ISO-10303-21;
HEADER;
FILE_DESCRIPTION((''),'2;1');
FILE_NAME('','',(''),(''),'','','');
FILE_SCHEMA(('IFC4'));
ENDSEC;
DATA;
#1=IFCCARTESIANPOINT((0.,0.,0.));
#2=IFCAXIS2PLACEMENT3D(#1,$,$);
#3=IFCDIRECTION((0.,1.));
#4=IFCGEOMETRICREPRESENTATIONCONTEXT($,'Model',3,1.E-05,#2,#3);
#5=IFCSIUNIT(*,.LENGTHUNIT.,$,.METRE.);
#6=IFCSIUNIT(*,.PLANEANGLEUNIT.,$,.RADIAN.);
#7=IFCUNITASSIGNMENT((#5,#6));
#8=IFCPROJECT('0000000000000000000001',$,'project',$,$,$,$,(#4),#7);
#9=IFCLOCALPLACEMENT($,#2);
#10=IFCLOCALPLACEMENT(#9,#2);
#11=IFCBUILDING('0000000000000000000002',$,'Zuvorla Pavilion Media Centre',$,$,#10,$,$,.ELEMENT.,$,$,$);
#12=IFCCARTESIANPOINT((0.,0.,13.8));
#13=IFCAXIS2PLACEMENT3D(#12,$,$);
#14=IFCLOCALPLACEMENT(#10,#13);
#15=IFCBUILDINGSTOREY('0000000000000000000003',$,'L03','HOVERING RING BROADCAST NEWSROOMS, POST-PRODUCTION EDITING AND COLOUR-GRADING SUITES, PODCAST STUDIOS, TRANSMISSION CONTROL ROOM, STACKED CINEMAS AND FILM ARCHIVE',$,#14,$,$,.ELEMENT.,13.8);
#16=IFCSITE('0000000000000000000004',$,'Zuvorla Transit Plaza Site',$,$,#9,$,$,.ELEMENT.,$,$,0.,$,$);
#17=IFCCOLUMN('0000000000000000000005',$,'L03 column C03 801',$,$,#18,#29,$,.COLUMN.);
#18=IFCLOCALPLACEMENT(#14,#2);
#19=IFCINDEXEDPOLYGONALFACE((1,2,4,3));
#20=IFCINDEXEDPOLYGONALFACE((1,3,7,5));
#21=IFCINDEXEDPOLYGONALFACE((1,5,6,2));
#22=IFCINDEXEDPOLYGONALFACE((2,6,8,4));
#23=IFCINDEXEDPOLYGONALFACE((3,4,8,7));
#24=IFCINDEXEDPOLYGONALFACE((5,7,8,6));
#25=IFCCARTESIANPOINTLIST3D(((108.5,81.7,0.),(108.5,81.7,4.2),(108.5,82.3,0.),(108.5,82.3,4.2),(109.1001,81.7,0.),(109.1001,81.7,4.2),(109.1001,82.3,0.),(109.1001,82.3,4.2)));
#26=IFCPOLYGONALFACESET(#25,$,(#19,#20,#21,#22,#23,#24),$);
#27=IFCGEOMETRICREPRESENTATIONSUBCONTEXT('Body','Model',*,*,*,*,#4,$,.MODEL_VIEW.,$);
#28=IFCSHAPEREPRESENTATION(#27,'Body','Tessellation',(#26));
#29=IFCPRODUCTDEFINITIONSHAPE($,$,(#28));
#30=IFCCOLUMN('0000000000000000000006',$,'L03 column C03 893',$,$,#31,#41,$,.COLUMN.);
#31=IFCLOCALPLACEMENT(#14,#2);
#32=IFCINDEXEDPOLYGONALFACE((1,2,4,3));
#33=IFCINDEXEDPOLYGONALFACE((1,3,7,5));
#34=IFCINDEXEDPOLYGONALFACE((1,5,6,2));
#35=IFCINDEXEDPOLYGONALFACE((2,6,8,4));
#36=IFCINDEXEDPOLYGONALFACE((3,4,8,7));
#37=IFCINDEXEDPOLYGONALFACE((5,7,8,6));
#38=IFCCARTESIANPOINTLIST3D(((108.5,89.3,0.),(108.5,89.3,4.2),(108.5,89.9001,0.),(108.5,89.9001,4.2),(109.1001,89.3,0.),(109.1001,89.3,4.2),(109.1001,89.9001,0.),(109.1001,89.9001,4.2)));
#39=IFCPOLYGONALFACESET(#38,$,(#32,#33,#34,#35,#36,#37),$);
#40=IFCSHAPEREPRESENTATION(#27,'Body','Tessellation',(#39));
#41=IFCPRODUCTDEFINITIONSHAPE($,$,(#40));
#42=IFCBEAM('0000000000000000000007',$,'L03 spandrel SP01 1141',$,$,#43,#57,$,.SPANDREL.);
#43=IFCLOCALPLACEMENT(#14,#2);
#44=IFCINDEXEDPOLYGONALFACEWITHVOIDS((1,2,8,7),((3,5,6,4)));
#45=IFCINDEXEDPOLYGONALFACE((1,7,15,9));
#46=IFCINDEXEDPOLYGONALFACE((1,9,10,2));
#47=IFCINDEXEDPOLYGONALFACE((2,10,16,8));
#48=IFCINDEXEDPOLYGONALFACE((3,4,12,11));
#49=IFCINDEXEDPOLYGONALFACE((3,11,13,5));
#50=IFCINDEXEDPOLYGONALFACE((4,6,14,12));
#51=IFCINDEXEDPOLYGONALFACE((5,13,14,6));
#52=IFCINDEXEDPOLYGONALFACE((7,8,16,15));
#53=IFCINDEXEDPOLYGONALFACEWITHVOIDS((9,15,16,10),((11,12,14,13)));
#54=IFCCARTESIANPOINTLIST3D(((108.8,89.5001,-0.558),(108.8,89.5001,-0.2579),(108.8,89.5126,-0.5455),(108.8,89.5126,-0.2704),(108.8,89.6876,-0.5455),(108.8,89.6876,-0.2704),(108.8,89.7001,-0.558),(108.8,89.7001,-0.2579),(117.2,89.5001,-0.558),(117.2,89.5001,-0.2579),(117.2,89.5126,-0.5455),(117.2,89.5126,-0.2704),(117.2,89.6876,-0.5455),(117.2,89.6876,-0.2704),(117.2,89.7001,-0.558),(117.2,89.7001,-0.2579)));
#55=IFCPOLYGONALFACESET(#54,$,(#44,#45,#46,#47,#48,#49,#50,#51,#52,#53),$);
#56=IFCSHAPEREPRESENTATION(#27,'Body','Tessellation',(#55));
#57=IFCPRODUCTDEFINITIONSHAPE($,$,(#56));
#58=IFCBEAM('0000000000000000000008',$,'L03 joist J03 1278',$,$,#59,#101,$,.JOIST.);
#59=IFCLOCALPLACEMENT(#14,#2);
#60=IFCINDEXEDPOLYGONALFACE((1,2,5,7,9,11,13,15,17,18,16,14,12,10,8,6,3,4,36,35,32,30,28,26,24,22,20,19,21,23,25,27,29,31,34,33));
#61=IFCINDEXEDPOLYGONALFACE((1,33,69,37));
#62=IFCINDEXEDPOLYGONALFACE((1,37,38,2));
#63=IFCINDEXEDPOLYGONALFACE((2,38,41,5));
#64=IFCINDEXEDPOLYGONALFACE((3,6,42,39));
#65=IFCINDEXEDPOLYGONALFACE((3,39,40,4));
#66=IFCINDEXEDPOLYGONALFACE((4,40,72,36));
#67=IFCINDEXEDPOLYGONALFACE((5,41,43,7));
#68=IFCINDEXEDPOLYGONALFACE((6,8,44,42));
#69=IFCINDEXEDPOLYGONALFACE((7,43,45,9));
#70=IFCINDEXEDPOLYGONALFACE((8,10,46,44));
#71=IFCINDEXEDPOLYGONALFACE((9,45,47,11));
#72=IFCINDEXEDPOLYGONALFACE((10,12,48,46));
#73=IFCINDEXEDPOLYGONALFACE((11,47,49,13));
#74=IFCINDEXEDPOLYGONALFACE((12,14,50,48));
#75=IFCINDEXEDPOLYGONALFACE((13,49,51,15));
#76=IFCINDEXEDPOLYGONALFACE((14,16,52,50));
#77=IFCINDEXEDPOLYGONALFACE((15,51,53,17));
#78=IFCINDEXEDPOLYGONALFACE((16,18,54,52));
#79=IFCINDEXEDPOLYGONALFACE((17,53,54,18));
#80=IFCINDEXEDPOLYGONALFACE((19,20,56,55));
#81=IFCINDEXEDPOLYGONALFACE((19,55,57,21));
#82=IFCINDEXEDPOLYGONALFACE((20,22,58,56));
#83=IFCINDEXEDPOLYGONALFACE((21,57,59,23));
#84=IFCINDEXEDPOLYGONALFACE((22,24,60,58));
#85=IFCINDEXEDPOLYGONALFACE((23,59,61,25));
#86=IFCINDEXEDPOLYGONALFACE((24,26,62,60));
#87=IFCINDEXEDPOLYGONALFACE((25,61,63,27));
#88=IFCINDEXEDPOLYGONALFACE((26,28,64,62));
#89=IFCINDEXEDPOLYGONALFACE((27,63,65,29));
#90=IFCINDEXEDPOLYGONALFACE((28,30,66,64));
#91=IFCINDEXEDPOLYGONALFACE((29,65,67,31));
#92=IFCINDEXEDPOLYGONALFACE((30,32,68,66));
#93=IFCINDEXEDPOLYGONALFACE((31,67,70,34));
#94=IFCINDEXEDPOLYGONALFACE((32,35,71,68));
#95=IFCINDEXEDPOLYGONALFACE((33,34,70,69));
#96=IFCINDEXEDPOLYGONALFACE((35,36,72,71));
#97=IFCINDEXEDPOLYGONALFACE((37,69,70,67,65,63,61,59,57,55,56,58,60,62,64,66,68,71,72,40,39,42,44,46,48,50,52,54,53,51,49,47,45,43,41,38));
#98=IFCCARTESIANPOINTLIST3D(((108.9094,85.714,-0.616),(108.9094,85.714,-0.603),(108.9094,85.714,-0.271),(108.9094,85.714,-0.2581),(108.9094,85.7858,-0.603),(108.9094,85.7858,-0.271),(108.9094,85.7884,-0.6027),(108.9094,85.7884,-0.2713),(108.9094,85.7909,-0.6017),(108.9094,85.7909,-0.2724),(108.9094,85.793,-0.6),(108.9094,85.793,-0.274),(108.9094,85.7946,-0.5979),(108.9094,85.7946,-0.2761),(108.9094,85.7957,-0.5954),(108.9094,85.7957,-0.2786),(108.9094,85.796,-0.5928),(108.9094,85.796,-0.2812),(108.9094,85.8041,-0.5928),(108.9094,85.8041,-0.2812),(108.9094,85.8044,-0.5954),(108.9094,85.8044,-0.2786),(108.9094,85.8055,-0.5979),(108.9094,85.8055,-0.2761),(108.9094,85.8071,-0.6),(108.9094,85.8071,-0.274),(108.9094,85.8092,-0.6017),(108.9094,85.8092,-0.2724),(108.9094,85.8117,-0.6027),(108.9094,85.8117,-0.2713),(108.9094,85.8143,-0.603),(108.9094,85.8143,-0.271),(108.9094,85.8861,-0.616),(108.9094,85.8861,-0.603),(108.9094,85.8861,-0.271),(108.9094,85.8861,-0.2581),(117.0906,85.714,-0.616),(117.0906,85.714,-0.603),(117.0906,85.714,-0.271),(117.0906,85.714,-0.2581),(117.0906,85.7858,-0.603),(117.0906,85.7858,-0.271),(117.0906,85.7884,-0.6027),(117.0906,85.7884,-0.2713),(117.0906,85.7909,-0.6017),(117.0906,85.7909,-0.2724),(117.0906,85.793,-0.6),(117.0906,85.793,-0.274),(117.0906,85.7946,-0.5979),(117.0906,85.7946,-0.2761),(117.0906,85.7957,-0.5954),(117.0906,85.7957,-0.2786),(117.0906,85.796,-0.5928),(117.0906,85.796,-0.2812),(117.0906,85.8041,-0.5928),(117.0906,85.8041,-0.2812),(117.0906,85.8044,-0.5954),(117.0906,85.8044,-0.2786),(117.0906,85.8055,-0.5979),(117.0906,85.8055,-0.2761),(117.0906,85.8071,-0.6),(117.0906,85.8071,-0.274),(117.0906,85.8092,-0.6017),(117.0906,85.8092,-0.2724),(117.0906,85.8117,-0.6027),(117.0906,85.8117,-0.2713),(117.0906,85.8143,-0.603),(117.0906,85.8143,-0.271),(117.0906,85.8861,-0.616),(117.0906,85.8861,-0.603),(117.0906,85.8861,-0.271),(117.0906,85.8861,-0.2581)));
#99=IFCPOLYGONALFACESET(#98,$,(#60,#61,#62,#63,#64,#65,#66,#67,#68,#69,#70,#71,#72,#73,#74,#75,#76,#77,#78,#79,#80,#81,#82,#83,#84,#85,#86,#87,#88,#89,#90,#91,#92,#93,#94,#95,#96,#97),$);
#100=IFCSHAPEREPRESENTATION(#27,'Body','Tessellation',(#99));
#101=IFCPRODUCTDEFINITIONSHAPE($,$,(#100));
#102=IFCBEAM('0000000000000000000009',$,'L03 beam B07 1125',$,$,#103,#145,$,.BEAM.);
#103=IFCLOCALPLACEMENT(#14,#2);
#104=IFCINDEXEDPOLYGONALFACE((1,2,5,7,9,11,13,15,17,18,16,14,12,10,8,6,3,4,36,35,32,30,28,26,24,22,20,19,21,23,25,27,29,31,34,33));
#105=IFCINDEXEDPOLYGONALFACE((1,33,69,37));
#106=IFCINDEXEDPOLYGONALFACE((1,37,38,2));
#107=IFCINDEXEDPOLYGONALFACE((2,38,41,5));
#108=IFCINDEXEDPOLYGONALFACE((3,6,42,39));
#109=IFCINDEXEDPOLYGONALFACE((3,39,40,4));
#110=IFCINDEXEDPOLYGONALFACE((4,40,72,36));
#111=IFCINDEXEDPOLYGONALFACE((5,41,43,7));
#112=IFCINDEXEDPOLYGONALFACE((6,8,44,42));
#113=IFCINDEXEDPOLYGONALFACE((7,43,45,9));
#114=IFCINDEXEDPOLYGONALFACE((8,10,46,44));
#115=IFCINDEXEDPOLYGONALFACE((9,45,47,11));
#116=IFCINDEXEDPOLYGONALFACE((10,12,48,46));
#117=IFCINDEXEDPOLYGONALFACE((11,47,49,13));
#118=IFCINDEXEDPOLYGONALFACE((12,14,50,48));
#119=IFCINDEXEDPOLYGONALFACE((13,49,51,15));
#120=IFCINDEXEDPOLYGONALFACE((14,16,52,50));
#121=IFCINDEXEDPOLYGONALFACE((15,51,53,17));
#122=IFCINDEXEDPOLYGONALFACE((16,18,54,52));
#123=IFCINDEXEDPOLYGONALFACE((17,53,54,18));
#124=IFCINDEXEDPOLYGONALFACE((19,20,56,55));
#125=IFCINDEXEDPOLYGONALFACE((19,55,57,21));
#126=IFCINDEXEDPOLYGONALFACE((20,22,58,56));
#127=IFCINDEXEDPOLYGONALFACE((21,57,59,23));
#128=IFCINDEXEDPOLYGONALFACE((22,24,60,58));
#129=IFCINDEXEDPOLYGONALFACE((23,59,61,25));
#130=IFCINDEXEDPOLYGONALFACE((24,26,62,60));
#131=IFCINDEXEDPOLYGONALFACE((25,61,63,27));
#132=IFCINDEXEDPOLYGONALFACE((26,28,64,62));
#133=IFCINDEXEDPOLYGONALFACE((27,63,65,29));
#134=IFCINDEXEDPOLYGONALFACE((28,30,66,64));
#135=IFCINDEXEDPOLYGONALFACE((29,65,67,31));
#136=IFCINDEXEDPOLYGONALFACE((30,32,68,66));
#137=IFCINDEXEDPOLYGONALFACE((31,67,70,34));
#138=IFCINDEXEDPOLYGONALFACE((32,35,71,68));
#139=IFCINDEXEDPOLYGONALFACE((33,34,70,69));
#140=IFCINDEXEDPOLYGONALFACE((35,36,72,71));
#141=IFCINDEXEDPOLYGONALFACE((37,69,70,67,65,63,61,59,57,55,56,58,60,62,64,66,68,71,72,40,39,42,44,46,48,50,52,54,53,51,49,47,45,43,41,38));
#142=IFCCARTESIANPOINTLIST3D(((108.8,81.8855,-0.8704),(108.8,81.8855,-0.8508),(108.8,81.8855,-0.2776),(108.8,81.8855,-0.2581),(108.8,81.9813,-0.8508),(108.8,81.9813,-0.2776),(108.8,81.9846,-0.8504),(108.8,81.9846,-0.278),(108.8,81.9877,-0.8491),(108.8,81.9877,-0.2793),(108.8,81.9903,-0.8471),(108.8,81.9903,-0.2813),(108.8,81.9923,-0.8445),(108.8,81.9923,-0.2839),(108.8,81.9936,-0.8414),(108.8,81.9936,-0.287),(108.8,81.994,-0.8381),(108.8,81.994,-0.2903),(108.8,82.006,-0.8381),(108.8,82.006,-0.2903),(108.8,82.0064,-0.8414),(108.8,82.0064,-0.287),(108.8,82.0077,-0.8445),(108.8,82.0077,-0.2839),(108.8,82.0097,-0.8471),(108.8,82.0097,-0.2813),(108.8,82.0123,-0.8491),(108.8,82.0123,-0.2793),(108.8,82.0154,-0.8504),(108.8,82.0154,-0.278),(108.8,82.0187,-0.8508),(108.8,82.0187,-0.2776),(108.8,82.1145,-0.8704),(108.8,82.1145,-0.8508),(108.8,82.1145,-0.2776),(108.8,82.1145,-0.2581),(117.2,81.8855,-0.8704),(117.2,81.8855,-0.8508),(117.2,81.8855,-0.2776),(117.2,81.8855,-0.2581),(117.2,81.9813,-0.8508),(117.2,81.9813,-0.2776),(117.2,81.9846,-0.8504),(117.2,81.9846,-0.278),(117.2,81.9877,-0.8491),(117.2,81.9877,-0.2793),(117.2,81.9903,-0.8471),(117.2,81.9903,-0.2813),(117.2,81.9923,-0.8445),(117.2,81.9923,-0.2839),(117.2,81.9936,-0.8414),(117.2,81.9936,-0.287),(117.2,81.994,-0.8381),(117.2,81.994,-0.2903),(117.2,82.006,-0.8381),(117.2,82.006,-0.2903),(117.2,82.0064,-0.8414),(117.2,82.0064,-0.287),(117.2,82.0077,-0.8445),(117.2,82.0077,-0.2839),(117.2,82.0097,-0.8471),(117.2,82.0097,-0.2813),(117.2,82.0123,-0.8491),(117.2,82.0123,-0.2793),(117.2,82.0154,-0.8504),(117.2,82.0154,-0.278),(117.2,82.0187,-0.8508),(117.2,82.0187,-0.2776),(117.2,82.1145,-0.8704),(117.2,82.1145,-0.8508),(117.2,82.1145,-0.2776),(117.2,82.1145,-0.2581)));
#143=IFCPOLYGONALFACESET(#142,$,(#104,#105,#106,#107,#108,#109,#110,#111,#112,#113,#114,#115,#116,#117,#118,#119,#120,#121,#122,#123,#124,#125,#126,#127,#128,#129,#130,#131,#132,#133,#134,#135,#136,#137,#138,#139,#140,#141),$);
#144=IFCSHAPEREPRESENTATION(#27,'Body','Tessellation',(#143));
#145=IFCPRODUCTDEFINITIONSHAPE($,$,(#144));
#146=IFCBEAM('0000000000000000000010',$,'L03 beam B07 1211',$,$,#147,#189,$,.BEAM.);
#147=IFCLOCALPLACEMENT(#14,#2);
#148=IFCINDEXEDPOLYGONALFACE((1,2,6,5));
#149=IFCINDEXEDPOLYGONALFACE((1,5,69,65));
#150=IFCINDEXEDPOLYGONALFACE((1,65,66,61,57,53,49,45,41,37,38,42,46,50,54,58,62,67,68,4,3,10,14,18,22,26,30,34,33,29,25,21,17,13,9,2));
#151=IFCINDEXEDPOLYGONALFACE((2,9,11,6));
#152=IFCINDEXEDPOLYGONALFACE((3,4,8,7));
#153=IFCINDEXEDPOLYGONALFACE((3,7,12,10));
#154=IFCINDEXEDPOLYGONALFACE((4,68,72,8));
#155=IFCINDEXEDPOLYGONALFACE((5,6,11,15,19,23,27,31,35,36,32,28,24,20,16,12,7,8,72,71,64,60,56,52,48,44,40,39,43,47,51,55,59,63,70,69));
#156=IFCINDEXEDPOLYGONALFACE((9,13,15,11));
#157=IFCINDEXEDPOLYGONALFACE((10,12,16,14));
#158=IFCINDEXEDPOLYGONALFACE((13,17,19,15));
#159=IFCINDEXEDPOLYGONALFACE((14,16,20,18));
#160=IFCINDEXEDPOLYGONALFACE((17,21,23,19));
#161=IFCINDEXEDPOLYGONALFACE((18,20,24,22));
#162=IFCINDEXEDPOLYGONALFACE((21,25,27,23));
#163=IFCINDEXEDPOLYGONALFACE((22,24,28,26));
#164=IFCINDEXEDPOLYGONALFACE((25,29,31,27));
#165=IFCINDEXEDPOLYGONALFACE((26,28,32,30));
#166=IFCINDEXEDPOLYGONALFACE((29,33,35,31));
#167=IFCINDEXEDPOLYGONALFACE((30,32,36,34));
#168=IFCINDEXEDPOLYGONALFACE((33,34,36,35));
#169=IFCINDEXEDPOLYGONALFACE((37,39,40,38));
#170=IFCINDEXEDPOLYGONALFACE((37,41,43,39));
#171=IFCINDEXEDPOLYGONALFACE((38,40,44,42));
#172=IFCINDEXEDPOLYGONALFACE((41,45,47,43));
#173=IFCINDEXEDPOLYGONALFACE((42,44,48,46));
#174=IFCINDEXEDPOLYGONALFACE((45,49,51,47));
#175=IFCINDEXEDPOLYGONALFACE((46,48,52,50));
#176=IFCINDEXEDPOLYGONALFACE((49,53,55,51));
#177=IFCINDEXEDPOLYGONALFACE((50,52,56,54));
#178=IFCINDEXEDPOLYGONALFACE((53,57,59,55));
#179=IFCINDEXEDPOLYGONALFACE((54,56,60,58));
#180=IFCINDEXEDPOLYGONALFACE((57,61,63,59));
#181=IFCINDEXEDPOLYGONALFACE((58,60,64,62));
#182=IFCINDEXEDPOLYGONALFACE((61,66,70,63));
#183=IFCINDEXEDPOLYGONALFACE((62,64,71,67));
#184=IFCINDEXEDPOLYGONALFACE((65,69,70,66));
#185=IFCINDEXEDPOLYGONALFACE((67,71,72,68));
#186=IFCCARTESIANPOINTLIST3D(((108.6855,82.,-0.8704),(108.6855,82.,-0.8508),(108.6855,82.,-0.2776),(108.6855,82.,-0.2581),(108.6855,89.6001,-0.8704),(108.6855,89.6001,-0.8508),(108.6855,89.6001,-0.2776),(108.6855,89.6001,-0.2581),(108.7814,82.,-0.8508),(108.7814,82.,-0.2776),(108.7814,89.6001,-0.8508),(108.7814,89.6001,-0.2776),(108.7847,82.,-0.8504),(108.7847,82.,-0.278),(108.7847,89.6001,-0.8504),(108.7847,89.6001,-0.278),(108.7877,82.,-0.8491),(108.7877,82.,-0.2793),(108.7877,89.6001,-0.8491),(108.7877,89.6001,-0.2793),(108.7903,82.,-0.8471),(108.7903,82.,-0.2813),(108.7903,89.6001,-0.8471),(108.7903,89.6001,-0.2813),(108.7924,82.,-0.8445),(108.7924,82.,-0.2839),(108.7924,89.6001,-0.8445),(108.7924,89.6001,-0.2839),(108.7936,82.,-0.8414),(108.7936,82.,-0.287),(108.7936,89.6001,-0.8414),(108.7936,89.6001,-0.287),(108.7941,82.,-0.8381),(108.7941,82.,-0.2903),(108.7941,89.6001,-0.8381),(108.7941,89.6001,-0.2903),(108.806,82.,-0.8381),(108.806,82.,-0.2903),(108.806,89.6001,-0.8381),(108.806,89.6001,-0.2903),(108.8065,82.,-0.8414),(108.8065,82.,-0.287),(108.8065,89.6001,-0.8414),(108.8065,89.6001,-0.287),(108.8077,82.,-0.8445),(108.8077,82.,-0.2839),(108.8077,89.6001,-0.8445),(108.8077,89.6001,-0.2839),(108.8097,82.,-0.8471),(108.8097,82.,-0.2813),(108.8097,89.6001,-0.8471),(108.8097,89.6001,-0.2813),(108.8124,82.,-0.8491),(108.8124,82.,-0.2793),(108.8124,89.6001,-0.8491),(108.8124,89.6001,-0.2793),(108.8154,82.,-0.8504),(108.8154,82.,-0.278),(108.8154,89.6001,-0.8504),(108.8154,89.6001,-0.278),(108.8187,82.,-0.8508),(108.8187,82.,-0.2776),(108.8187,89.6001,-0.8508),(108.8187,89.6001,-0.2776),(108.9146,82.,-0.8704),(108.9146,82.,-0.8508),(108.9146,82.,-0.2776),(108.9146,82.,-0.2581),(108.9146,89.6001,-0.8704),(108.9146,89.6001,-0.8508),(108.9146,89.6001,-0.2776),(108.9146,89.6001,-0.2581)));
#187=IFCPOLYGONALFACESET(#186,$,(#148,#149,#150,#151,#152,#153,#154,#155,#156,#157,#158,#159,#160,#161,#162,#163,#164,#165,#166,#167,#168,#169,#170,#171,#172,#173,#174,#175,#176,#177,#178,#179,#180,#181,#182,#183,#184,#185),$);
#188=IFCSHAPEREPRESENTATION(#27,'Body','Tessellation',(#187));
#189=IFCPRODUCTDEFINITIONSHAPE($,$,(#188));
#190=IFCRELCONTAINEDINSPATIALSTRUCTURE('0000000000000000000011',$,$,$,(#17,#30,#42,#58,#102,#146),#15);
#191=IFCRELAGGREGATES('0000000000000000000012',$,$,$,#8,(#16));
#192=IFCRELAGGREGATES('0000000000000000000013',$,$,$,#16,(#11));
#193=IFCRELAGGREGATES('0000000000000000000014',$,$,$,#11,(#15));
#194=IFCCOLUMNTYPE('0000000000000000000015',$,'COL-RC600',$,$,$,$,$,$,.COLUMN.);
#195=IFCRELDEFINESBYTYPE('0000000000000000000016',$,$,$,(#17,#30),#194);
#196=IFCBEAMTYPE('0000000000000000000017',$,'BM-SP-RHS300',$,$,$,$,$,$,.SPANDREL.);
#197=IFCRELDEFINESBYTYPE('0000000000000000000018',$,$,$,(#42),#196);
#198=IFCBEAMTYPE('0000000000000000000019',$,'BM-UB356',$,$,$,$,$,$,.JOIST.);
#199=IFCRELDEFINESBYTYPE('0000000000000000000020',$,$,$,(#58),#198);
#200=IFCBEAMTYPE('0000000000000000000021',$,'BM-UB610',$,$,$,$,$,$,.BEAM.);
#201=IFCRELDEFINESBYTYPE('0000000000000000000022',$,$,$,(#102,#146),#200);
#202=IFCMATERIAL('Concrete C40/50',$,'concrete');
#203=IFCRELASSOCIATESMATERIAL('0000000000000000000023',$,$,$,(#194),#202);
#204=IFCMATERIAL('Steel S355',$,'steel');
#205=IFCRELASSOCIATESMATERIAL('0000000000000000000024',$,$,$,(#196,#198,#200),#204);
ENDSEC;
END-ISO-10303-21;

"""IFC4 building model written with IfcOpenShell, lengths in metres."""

from ifc_helpers import new_model, si_unit, direction, frame, origin, origin_2d, place, context, subcontext, project, spatial, rectangle, hollow_rectangle, i_section, extrude, material, material_profile, profile_set, type_object, element, save


model = new_model("IFC4")

# Units and contexts
model_context = context("Model", 3, precision=1e-05, world=origin(), true_north=direction((0.0, 1.0)))
body_context = subcontext(model_context, "Body", "Model", "MODEL_VIEW")
ifc_project = project(units=[si_unit("LENGTHUNIT", "METRE"), si_unit("PLANEANGLEUNIT", "RADIAN")], contexts=[model_context])

# Site, building, storey
site_placement = place(None, origin())
site = spatial("IfcSite", under=ifc_project, at=site_placement, Name="Zuvorla Transit Plaza Site", CompositionType="ELEMENT", RefElevation=0.0)
building_placement = place(site_placement, origin())
building = spatial("IfcBuilding", under=site, at=building_placement, Name="Zuvorla Pavilion Media Centre", CompositionType="ELEMENT")
storey_placement = place(building_placement, frame((0.0, 0.0, 13.8)))
storey = spatial("IfcBuildingStorey", under=building, at=storey_placement, Name="L03", Description="HOVERING RING BROADCAST NEWSROOMS, POST-PRODUCTION EDITING AND COLOUR-GRADING SUITES, PODCAST STUDIOS, TRANSMISSION CONTROL ROOM, STACKED CINEMAS AND FILM ARCHIVE", CompositionType="ELEMENT", Elevation=13.8)

# Columns
ifc_material_1 = material(Name="Concrete C40/50", Category="concrete")
ifc_material_profile_1 = material_profile(ifc_material_1, rectangle(XDim=0.6001, YDim=0.6001, at=origin_2d()), Name="RC 600x600")
ifc_profile_set_1 = profile_set([ifc_material_profile_1], Name="Concrete C40/50")
column_type = type_object("IfcColumnType", Name="COL-RC600", PredefinedType="COLUMN", material=ifc_profile_set_1)
for number, where, z_axis, x_axis, name in (
    (1, (108.8, 82.0, 0.0), (0.0, 0.0, 1.0), (1.0, 0.0, 0.0), "L03 column C03 801"),
    (2, (108.8, 89.6001, 0.0), (0.0, 0.0, 1.0), (1.0, 0.0, 0.0), "L03 column C03 893"),
):
    element("IfcColumn", number, at=place(storey_placement, frame(where, z_axis=z_axis, x_axis=x_axis)), inside=storey, type_object=column_type, Name=name, PredefinedType="COLUMN", context=body_context, shape_type="SweptSolid", body=[
        extrude(rectangle(XDim=0.6001, YDim=0.6001, at=origin_2d()), origin(), (0.0, 0.0, 1.0), 4.2),
    ])

# Beams
ifc_material_2 = material(Name="Steel S355", Category="steel")
ifc_material_profile_2 = material_profile(ifc_material_2, hollow_rectangle(XDim=0.2, YDim=0.3, WallThickness=0.0125, at=origin_2d()), Name="RHS 300x200x12.5")
ifc_profile_set_2 = profile_set([ifc_material_profile_2], Name="Steel S355")
beam_type_1 = type_object("IfcBeamType", Name="BM-SP-RHS300", PredefinedType="SPANDREL", material=ifc_profile_set_2)
beam_1_placement = place(storey_placement, frame((108.8, 89.6001, -0.408), z_axis=(1.0, 0.0, 0.0), x_axis=(0.0, 1.0, 0.0)))
element("IfcBeam", 3, at=beam_1_placement, inside=storey, type_object=beam_type_1, Name="L03 spandrel SP01 1141", PredefinedType="SPANDREL", context=body_context, shape_type="SweptSolid", body=[
    extrude(hollow_rectangle(XDim=0.2, YDim=0.3, WallThickness=0.0125, at=origin_2d()), origin(), (0.0, 0.0, 1.0), 8.3999),
])
ifc_material_profile_3 = material_profile(ifc_material_2, i_section(OverallWidth=0.1721, OverallDepth=0.3579, WebThickness=0.0081, FlangeThickness=0.0129, FilletRadius=0.0103, at=origin_2d()), Name="UB 356x171x57")
ifc_profile_set_3 = profile_set([ifc_material_profile_3], Name="Steel S355")
beam_type_2 = type_object("IfcBeamType", Name="BM-UB356", PredefinedType="JOIST", material=ifc_profile_set_3)
beam_2_placement = place(storey_placement, frame((108.9094, 85.8, -0.437), z_axis=(1.0, 0.0, 0.0), x_axis=(0.0, 1.0, 0.0)))
element("IfcBeam", 4, at=beam_2_placement, inside=storey, type_object=beam_type_2, Name="L03 joist J03 1278", PredefinedType="JOIST", context=body_context, shape_type="SweptSolid", body=[
    extrude(i_section(OverallWidth=0.1721, OverallDepth=0.3579, WebThickness=0.0081, FlangeThickness=0.0129, FilletRadius=0.0103, at=origin_2d()), origin(), (0.0, 0.0, 1.0), 8.1812),
])
ifc_material_profile_4 = material_profile(ifc_material_2, i_section(OverallWidth=0.229, OverallDepth=0.6123, WebThickness=0.012, FlangeThickness=0.0195, FilletRadius=0.0127, at=origin_2d()), Name="UB 610x229x125")
ifc_profile_set_4 = profile_set([ifc_material_profile_4], Name="Steel S355")
beam_type_3 = type_object("IfcBeamType", Name="BM-UB610", PredefinedType="BEAM", material=ifc_profile_set_4)
beam_3_placement = place(storey_placement, frame((108.8, 82.0, -0.5642), z_axis=(1.0, 0.0, 0.0), x_axis=(0.0, 1.0, 0.0)))
element("IfcBeam", 5, at=beam_3_placement, inside=storey, type_object=beam_type_3, Name="L03 beam B07 1125", PredefinedType="BEAM", context=body_context, shape_type="SweptSolid", body=[
    extrude(i_section(OverallWidth=0.229, OverallDepth=0.6123, WebThickness=0.012, FlangeThickness=0.0195, FilletRadius=0.0127, at=origin_2d()), origin(), (0.0, 0.0, 1.0), 8.3999),
])
beam_4_placement = place(storey_placement, frame((108.8, 82.0, -0.5642), z_axis=(0.0, 1.0, 0.0), x_axis=(-1.0, 0.0, 0.0)))
element("IfcBeam", 6, at=beam_4_placement, inside=storey, type_object=beam_type_3, Name="L03 beam B07 1211", PredefinedType="BEAM", context=body_context, shape_type="SweptSolid", body=[
    extrude(i_section(OverallWidth=0.229, OverallDepth=0.6123, WebThickness=0.012, FlangeThickness=0.0195, FilletRadius=0.0127, at=origin_2d()), origin(), (0.0, 0.0, 1.0), 7.6001),
])

save(model, "model.ifc")
